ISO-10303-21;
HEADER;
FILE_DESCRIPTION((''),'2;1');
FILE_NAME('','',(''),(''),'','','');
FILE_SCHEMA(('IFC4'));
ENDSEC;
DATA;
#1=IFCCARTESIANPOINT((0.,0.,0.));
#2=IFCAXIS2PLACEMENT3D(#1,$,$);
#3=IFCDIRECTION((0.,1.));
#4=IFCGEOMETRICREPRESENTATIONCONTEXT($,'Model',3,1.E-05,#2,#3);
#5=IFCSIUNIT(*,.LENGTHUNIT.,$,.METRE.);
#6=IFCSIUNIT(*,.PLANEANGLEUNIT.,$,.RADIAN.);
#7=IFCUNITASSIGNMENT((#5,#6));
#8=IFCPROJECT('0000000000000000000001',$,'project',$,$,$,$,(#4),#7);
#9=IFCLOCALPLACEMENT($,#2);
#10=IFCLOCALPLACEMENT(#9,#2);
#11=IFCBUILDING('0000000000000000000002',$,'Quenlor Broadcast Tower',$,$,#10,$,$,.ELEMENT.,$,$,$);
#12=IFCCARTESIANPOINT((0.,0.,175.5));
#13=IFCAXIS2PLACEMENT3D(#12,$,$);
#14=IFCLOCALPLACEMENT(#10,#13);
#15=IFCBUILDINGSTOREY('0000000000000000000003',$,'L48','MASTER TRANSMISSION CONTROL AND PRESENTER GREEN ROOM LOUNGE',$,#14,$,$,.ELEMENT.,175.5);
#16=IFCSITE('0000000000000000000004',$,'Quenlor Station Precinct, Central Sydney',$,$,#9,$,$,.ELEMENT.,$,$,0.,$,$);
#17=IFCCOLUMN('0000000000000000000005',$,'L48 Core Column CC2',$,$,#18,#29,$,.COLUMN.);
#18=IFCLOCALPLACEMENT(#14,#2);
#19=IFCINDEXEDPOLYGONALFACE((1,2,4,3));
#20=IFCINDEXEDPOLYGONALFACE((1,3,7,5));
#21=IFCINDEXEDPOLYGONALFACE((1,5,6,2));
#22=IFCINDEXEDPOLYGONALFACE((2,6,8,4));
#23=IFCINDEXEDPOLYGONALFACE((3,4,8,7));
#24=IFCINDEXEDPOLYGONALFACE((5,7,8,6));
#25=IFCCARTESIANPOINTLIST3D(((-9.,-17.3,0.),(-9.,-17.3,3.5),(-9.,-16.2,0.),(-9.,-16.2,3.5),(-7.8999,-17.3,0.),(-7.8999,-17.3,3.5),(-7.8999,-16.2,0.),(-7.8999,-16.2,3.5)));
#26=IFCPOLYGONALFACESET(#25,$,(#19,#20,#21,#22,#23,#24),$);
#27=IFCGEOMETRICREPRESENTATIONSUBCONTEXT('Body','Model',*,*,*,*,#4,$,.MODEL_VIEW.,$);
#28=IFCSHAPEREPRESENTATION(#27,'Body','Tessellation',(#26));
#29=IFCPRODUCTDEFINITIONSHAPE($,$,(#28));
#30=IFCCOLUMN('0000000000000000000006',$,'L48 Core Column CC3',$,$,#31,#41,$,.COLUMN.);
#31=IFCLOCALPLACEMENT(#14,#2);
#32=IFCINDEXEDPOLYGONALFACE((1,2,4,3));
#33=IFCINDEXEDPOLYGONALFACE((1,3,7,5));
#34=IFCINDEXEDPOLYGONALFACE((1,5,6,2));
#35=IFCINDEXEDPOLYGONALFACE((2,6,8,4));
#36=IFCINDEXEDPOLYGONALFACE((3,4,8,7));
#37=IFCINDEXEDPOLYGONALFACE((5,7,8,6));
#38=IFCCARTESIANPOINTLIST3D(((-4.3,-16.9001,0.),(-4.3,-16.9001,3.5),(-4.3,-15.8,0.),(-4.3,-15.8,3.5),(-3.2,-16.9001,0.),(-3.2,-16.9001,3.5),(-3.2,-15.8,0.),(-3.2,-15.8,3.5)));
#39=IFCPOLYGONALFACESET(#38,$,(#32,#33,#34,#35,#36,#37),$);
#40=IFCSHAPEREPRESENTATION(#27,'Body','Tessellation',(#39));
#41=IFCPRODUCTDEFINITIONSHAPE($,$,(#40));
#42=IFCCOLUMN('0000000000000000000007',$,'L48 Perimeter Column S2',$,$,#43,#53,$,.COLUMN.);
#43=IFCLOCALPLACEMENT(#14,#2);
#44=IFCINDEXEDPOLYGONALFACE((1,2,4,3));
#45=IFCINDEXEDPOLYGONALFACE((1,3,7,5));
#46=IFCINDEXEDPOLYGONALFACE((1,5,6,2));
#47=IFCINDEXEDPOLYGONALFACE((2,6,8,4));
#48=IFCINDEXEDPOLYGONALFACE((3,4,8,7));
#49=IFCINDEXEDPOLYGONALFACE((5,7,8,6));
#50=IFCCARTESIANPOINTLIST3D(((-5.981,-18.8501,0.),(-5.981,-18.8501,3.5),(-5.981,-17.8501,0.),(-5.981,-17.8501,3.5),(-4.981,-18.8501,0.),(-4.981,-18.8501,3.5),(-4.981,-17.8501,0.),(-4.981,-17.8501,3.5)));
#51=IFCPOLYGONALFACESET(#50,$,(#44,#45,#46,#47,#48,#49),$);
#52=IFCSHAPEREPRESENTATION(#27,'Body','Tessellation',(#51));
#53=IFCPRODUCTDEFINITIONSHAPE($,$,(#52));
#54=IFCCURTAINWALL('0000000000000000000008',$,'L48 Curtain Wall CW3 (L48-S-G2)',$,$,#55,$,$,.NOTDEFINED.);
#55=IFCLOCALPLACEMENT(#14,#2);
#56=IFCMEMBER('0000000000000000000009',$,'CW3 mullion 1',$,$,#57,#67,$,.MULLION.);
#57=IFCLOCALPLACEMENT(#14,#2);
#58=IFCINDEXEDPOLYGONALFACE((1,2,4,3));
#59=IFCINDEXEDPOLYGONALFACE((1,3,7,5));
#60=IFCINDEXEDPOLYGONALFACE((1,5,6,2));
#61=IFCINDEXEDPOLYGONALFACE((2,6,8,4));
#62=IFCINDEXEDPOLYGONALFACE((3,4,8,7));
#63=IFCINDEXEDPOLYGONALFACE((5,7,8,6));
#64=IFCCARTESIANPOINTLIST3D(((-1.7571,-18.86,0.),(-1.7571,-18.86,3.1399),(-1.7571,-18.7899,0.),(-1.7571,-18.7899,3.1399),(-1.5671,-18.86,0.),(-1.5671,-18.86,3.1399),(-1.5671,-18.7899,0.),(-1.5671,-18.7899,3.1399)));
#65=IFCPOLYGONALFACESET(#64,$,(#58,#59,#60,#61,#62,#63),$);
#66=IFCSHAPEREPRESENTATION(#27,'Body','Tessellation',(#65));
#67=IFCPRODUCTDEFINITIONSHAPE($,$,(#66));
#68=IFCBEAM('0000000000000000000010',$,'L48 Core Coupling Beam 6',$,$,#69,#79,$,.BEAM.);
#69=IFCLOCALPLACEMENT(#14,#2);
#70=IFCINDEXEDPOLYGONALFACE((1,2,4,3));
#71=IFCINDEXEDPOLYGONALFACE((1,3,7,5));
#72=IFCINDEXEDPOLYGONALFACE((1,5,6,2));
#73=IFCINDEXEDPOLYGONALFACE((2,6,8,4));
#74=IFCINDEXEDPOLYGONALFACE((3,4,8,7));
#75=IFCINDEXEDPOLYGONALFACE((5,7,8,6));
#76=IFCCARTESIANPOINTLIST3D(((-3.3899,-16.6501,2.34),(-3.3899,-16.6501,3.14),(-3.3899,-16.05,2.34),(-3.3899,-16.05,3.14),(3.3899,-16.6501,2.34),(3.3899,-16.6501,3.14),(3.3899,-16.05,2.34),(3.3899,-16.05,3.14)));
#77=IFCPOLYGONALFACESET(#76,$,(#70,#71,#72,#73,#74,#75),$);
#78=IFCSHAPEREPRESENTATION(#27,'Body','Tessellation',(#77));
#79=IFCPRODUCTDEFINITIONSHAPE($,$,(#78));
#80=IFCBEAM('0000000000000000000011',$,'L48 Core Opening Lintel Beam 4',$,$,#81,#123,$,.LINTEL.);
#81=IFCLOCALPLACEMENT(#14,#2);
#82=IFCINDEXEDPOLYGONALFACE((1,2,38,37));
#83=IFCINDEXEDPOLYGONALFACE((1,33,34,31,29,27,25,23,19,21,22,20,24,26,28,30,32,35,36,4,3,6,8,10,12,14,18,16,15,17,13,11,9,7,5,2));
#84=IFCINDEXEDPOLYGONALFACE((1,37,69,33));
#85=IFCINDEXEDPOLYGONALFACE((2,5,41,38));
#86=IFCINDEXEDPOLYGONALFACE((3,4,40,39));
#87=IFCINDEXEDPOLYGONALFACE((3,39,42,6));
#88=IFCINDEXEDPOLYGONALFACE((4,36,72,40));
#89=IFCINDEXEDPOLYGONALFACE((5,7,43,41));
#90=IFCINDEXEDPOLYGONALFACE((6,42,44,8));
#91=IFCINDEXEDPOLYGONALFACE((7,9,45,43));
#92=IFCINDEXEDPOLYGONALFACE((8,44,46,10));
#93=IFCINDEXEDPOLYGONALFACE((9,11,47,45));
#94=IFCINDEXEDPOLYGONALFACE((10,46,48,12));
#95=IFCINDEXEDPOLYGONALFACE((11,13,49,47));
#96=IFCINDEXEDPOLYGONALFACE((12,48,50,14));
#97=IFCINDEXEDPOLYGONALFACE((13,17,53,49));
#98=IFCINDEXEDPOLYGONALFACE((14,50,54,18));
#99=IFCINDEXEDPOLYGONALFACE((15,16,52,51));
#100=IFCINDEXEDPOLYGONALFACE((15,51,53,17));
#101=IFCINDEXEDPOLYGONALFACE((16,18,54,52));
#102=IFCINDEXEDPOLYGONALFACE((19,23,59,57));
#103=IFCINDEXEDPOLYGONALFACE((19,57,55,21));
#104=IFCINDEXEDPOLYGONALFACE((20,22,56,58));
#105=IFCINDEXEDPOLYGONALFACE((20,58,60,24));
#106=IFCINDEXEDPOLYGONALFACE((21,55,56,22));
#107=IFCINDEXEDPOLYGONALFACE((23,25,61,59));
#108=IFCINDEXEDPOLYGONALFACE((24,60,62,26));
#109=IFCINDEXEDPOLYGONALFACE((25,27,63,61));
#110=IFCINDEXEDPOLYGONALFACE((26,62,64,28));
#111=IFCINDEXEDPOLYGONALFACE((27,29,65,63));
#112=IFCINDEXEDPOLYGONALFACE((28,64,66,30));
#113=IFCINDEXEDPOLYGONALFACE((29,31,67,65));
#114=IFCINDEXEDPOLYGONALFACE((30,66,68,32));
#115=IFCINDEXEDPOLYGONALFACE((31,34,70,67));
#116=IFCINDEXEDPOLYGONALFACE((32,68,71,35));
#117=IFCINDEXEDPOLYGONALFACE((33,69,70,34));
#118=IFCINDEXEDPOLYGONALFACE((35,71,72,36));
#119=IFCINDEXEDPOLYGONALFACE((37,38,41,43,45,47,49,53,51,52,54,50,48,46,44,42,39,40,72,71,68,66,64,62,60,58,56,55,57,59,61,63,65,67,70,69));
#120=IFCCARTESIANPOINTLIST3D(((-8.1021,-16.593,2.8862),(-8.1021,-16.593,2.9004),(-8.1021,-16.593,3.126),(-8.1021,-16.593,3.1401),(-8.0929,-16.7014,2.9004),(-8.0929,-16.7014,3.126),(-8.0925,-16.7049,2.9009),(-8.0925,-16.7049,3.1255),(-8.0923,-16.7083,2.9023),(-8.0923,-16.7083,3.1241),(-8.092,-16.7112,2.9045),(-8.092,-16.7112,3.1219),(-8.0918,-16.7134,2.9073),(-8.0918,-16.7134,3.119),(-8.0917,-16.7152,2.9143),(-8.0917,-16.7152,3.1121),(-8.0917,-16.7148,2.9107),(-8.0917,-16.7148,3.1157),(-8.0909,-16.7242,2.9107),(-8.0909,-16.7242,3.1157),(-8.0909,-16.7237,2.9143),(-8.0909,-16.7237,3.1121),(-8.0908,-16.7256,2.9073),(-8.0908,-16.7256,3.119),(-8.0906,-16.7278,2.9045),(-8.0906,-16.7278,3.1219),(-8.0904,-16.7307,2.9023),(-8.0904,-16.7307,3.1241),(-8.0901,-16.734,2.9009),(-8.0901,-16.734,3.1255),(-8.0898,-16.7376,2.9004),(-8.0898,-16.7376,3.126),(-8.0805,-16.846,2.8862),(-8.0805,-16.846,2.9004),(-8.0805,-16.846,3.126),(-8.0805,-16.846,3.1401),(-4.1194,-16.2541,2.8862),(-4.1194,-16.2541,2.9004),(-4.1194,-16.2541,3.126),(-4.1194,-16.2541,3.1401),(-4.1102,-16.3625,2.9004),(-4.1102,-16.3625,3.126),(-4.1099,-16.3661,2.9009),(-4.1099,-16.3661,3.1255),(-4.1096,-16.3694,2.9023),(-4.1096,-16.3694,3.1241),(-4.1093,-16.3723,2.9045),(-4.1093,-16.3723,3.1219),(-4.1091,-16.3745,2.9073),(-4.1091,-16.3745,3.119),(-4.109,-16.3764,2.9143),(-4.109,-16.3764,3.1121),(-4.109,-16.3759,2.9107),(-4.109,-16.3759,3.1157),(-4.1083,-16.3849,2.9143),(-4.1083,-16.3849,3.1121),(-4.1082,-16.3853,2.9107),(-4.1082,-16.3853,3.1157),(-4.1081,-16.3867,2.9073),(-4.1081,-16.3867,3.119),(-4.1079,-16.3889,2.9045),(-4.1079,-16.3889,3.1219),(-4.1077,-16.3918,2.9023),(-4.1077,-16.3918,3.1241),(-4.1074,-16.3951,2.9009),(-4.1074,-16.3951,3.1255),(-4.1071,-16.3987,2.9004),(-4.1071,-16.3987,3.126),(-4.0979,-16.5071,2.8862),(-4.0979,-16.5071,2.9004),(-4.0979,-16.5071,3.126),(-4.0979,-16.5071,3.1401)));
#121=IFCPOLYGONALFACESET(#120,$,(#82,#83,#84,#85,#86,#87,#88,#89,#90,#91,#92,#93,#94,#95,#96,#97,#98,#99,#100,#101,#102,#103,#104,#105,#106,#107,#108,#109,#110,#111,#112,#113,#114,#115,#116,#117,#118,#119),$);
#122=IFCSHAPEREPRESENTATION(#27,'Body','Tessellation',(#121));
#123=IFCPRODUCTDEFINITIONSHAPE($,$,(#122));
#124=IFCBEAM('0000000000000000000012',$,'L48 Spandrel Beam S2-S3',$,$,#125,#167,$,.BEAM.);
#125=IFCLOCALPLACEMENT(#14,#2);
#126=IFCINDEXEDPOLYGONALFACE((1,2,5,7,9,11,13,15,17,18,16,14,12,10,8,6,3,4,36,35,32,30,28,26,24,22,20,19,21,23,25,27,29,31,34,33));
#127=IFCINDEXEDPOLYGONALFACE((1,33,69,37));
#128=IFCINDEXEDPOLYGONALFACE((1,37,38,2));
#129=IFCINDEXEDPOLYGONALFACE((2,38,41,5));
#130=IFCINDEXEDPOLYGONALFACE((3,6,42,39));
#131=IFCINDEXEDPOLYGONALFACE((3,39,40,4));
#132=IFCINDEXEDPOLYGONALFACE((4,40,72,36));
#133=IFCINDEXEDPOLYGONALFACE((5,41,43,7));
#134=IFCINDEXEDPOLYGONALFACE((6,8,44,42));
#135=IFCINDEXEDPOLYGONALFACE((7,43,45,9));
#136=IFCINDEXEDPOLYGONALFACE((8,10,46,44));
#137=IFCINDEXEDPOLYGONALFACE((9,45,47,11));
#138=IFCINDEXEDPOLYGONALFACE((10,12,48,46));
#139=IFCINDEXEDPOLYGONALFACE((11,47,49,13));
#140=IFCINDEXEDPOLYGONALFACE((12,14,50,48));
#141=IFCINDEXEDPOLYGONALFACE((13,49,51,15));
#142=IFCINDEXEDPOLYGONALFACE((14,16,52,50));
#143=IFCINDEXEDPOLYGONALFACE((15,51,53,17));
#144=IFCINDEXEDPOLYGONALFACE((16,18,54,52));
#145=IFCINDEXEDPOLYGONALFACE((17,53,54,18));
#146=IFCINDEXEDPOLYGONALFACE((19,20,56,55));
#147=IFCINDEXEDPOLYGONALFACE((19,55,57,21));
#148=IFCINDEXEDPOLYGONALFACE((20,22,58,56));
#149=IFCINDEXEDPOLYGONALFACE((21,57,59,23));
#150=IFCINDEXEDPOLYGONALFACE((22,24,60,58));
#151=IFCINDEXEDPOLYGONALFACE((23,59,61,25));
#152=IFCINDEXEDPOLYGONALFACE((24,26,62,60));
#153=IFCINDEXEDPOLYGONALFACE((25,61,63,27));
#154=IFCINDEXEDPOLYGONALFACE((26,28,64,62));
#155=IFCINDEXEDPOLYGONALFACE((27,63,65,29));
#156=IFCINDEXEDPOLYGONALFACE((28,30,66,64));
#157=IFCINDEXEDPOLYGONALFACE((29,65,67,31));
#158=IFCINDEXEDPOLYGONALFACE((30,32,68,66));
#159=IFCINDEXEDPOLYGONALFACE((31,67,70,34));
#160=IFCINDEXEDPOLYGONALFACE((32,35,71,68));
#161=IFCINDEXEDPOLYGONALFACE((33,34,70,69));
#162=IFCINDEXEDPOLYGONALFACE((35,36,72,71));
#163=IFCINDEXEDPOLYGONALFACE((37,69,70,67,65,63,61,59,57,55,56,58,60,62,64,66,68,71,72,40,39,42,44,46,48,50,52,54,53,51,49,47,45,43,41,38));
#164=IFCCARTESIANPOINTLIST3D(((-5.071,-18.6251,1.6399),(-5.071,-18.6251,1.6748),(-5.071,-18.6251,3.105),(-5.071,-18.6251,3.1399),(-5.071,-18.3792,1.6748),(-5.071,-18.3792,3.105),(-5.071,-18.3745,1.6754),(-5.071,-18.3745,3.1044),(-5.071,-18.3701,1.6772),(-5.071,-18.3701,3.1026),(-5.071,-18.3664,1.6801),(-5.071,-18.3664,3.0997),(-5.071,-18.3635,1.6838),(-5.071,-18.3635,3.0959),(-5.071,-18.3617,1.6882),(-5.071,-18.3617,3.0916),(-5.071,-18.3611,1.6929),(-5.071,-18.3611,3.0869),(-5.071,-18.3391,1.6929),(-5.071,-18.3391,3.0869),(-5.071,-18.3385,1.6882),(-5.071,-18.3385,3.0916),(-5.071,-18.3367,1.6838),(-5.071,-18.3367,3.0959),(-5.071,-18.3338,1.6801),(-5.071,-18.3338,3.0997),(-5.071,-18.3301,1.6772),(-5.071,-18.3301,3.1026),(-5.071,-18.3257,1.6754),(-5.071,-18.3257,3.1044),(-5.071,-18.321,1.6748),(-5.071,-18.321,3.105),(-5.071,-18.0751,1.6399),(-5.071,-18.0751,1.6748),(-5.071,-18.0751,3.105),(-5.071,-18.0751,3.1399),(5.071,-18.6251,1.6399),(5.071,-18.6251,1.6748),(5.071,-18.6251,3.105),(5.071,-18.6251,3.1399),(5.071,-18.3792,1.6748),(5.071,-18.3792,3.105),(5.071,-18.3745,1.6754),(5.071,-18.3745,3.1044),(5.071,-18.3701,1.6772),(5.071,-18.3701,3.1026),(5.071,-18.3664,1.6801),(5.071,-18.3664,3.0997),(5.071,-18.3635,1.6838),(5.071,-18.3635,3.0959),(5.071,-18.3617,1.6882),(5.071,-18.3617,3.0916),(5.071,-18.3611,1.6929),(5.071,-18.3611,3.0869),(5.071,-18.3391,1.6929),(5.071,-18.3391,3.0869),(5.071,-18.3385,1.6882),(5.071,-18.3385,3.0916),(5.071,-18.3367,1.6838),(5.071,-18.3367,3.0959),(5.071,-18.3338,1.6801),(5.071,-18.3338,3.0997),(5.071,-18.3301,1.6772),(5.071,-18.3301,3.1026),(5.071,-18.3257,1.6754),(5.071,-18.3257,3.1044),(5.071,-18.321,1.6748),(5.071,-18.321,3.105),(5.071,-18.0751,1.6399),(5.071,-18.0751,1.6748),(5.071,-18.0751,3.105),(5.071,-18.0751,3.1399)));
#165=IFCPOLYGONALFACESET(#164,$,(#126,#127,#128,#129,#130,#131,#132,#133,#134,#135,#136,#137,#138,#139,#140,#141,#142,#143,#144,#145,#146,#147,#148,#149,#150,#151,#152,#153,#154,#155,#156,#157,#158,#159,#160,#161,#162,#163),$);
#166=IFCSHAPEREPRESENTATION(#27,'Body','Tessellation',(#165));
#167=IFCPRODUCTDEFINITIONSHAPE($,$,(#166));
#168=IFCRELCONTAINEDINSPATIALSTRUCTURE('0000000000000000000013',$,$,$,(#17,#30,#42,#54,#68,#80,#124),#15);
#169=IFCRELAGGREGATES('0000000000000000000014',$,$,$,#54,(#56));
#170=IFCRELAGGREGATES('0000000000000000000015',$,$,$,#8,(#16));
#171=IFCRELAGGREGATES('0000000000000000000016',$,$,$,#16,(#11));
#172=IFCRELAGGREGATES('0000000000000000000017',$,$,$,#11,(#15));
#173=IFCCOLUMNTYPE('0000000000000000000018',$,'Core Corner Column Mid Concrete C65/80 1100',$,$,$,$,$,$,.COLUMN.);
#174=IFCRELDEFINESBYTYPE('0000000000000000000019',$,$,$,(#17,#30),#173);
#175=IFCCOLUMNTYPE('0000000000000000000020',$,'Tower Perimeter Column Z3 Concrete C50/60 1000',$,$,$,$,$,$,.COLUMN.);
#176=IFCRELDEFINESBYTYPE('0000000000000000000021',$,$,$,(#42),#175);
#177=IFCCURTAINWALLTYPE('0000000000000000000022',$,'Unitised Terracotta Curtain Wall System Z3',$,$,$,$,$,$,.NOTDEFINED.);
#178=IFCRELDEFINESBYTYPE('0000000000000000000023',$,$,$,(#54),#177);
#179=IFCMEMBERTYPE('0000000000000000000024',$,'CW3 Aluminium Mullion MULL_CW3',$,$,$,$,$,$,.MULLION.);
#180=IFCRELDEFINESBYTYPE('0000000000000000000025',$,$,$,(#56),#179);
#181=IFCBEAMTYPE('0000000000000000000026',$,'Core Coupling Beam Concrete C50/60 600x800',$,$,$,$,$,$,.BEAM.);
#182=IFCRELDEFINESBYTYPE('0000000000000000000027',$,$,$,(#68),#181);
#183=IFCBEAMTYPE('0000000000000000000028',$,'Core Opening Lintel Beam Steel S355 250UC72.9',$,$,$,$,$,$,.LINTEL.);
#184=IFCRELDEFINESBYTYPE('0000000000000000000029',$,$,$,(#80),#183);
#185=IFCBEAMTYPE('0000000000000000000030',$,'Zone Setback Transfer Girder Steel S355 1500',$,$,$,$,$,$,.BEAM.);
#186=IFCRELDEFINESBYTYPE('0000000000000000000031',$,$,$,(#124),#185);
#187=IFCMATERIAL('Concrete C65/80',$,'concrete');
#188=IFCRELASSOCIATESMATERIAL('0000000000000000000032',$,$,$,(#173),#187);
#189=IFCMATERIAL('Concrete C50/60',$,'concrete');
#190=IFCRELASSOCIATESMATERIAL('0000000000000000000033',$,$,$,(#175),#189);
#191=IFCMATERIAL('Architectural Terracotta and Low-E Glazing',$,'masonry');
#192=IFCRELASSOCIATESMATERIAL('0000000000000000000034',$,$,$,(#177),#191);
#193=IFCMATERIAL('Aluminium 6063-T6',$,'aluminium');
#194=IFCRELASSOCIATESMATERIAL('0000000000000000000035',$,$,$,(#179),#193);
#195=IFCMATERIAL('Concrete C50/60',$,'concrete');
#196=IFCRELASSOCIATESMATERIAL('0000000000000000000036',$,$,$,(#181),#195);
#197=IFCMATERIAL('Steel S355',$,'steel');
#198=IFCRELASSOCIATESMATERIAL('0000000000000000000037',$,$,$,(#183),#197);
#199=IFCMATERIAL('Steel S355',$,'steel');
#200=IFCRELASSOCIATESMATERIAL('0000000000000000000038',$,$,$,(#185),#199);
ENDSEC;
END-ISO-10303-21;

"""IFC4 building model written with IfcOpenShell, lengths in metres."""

from ifc_helpers import new_model, si_unit, direction, frame, origin, origin_2d, place, context, subcontext, project, spatial, rectangle, i_section, extrude, material, material_profile, profile_set, type_object, element, aggregate, save


model = new_model("IFC4")

# Units and contexts
model_context = context("Model", 3, precision=1e-05, world=origin(), true_north=direction((0.0, 1.0)))
body_context = subcontext(model_context, "Body", "Model", "MODEL_VIEW")
ifc_project = project(units=[si_unit("LENGTHUNIT", "METRE"), si_unit("PLANEANGLEUNIT", "RADIAN")], contexts=[model_context])

# Site, building, storey
site_placement = place(None, origin())
site = spatial("IfcSite", under=ifc_project, at=site_placement, Name="Quenlor Station Precinct, Central Sydney", CompositionType="ELEMENT", RefElevation=0.0)
building_placement = place(site_placement, origin())
building = spatial("IfcBuilding", under=site, at=building_placement, Name="Quenlor Broadcast Tower", CompositionType="ELEMENT")
storey_placement = place(building_placement, frame((0.0, 0.0, 175.5)))
storey = spatial("IfcBuildingStorey", under=building, at=storey_placement, Name="L48", Description="MASTER TRANSMISSION CONTROL AND PRESENTER GREEN ROOM LOUNGE", CompositionType="ELEMENT", Elevation=175.5)

# Columns
ifc_material_1 = material(Name="Concrete C65/80", Category="concrete")
ifc_material_profile_1 = material_profile(ifc_material_1, rectangle(XDim=1.1001, YDim=1.1001, at=origin_2d()))
ifc_profile_set_1 = profile_set([ifc_material_profile_1], Name="Concrete C65/80 RC1100x1100")
column_type_1 = type_object("IfcColumnType", Name="Core Corner Column Mid Concrete C65/80 1100", PredefinedType="COLUMN", material=ifc_profile_set_1)
for number, where, z_axis, x_axis, name in (
    (1, (-8.45, -16.75, 0.0), (0.0, 0.0, 1.0), (1.0, 0.0, 0.0), "L48 Core Column CC2"),
    (2, (-3.75, -16.3501, 0.0), (0.0, 0.0, 1.0), (1.0, 0.0, 0.0), "L48 Core Column CC3"),
):
    element("IfcColumn", number, at=place(storey_placement, frame(where, z_axis=z_axis, x_axis=x_axis)), inside=storey, type_object=column_type_1, Name=name, PredefinedType="COLUMN", context=body_context, shape_type="SweptSolid", body=[
        extrude(rectangle(XDim=1.1001, YDim=1.1001, at=origin_2d()), origin(), (0.0, 0.0, 1.0), 3.5),
    ])
ifc_material_2 = material(Name="Concrete C50/60", Category="concrete")
ifc_material_profile_2 = material_profile(ifc_material_2, rectangle(XDim=1.0, YDim=1.0, at=origin_2d()))
ifc_profile_set_2 = profile_set([ifc_material_profile_2], Name="Concrete C50/60 RC1000x1000")
column_type_2 = type_object("IfcColumnType", Name="Tower Perimeter Column Z3 Concrete C50/60 1000", PredefinedType="COLUMN", material=ifc_profile_set_2)
column_placement = place(storey_placement, frame((-5.481, -18.3501, 0.0), z_axis=(0.0, 0.0, 1.0), x_axis=(0.0, 1.0, 0.0)))
element("IfcColumn", 3, at=column_placement, inside=storey, type_object=column_type_2, Name="L48 Perimeter Column S2", PredefinedType="COLUMN", context=body_context, shape_type="SweptSolid", body=[
    extrude(rectangle(XDim=1.0, YDim=1.0, at=origin_2d()), origin(), (0.0, 0.0, 1.0), 3.5),
])

# Curtain wall, member
ifc_material_3 = material(Name="Architectural Terracotta and Low-E Glazing", Category="masonry")
curtain_wall_type = type_object("IfcCurtainWallType", Name="Unitised Terracotta Curtain Wall System Z3", PredefinedType="NOTDEFINED", material=ifc_material_3)
curtain_wall_placement = place(storey_placement, origin())
curtain_wall = element("IfcCurtainWall", 4, at=curtain_wall_placement, inside=storey, type_object=curtain_wall_type, Name="L48 Curtain Wall CW3 (L48-S-G2)", PredefinedType="NOTDEFINED")
ifc_material_4 = material(Name="Aluminium 6063-T6", Category="aluminium")
ifc_material_profile_3 = material_profile(ifc_material_4, rectangle(XDim=0.0701, YDim=0.1899, at=origin_2d()))
ifc_profile_set_3 = profile_set([ifc_material_profile_3], Name="Aluminium 6063-T6 MULL70x190")
member_type = type_object("IfcMemberType", Name="CW3 Aluminium Mullion MULL_CW3", PredefinedType="MULLION", material=ifc_profile_set_3)
member_placement = place(storey_placement, frame((-1.6621, -18.825, 0.0), z_axis=(0.0, 0.0, 1.0), x_axis=(0.0, -1.0, 0.0)))
member = element("IfcMember", 5, at=member_placement, type_object=member_type, Name="CW3 mullion 1", PredefinedType="MULLION", context=body_context, shape_type="SweptSolid", body=[
    extrude(rectangle(XDim=0.0701, YDim=0.1899, at=origin_2d()), origin(), (0.0, 0.0, 1.0), 3.1399),
])
aggregate(curtain_wall, [member])

# Beams
ifc_material_5 = material(Name="Concrete C50/60", Category="concrete")
ifc_material_profile_4 = material_profile(ifc_material_5, rectangle(XDim=0.6001, YDim=0.8, at=origin_2d()))
ifc_profile_set_4 = profile_set([ifc_material_profile_4], Name="Concrete C50/60 RCB600x800")
beam_type_1 = type_object("IfcBeamType", Name="Core Coupling Beam Concrete C50/60 600x800", PredefinedType="BEAM", material=ifc_profile_set_4)
beam_1_placement = place(storey_placement, frame((-3.3899, -16.3501, 2.74), z_axis=(1.0, 0.0, 0.0), x_axis=(0.0, 1.0, 0.0)))
element("IfcBeam", 6, at=beam_1_placement, inside=storey, type_object=beam_type_1, Name="L48 Core Coupling Beam 6", PredefinedType="BEAM", context=body_context, shape_type="SweptSolid", body=[
    extrude(rectangle(XDim=0.6001, YDim=0.8, at=origin_2d()), origin(), (0.0, 0.0, 1.0), 6.7798),
])
ifc_material_6 = material(Name="Steel S355", Category="steel")
ifc_material_profile_5 = material_profile(ifc_material_6, i_section(OverallWidth=0.2539, OverallDepth=0.2539, WebThickness=0.0085, FlangeThickness=0.0142, FilletRadius=0.0139, at=origin_2d()))
ifc_profile_set_5 = profile_set([ifc_material_profile_5], Name="Steel S355 250UC72.9")
beam_type_2 = type_object("IfcBeamType", Name="Core Opening Lintel Beam Steel S355 250UC72.9", PredefinedType="LINTEL", material=ifc_profile_set_5)
beam_2_placement = place(storey_placement, frame((-8.0913, -16.7195, 3.0132), z_axis=(0.9964, 0.084779, 0.0), x_axis=(-0.084779, 0.9964, 0.0)))
element("IfcBeam", 7, at=beam_2_placement, inside=storey, type_object=beam_type_2, Name="L48 Core Opening Lintel Beam 4", PredefinedType="LINTEL", context=body_context, shape_type="SweptSolid", body=[
    extrude(i_section(OverallWidth=0.2539, OverallDepth=0.2539, WebThickness=0.0085, FlangeThickness=0.0142, FilletRadius=0.0139, at=origin_2d()), origin(), (0.0, 0.0, 1.0), 3.9971),
])
ifc_material_7 = material(Name="Steel S355", Category="steel")
ifc_material_profile_6 = material_profile(ifc_material_7, i_section(OverallWidth=0.55, OverallDepth=1.5, WebThickness=0.022, FlangeThickness=0.0349, FilletRadius=0.0181, at=origin_2d()))
ifc_profile_set_6 = profile_set([ifc_material_profile_6], Name="Steel S355 1500TG510")
beam_type_3 = type_object("IfcBeamType", Name="Zone Setback Transfer Girder Steel S355 1500", PredefinedType="BEAM", material=ifc_profile_set_6)
beam_3_placement = place(storey_placement, frame((-5.071, -18.3501, 2.3899), z_axis=(1.0, 0.0, 0.0), x_axis=(0.0, 1.0, 0.0)))
element("IfcBeam", 8, at=beam_3_placement, inside=storey, type_object=beam_type_3, Name="L48 Spandrel Beam S2-S3", PredefinedType="BEAM", context=body_context, shape_type="SweptSolid", body=[
    extrude(i_section(OverallWidth=0.55, OverallDepth=1.5, WebThickness=0.022, FlangeThickness=0.0349, FilletRadius=0.0181, at=origin_2d()), origin(), (0.0, 0.0, 1.0), 10.1421),
])

save(model, "model.ifc")
